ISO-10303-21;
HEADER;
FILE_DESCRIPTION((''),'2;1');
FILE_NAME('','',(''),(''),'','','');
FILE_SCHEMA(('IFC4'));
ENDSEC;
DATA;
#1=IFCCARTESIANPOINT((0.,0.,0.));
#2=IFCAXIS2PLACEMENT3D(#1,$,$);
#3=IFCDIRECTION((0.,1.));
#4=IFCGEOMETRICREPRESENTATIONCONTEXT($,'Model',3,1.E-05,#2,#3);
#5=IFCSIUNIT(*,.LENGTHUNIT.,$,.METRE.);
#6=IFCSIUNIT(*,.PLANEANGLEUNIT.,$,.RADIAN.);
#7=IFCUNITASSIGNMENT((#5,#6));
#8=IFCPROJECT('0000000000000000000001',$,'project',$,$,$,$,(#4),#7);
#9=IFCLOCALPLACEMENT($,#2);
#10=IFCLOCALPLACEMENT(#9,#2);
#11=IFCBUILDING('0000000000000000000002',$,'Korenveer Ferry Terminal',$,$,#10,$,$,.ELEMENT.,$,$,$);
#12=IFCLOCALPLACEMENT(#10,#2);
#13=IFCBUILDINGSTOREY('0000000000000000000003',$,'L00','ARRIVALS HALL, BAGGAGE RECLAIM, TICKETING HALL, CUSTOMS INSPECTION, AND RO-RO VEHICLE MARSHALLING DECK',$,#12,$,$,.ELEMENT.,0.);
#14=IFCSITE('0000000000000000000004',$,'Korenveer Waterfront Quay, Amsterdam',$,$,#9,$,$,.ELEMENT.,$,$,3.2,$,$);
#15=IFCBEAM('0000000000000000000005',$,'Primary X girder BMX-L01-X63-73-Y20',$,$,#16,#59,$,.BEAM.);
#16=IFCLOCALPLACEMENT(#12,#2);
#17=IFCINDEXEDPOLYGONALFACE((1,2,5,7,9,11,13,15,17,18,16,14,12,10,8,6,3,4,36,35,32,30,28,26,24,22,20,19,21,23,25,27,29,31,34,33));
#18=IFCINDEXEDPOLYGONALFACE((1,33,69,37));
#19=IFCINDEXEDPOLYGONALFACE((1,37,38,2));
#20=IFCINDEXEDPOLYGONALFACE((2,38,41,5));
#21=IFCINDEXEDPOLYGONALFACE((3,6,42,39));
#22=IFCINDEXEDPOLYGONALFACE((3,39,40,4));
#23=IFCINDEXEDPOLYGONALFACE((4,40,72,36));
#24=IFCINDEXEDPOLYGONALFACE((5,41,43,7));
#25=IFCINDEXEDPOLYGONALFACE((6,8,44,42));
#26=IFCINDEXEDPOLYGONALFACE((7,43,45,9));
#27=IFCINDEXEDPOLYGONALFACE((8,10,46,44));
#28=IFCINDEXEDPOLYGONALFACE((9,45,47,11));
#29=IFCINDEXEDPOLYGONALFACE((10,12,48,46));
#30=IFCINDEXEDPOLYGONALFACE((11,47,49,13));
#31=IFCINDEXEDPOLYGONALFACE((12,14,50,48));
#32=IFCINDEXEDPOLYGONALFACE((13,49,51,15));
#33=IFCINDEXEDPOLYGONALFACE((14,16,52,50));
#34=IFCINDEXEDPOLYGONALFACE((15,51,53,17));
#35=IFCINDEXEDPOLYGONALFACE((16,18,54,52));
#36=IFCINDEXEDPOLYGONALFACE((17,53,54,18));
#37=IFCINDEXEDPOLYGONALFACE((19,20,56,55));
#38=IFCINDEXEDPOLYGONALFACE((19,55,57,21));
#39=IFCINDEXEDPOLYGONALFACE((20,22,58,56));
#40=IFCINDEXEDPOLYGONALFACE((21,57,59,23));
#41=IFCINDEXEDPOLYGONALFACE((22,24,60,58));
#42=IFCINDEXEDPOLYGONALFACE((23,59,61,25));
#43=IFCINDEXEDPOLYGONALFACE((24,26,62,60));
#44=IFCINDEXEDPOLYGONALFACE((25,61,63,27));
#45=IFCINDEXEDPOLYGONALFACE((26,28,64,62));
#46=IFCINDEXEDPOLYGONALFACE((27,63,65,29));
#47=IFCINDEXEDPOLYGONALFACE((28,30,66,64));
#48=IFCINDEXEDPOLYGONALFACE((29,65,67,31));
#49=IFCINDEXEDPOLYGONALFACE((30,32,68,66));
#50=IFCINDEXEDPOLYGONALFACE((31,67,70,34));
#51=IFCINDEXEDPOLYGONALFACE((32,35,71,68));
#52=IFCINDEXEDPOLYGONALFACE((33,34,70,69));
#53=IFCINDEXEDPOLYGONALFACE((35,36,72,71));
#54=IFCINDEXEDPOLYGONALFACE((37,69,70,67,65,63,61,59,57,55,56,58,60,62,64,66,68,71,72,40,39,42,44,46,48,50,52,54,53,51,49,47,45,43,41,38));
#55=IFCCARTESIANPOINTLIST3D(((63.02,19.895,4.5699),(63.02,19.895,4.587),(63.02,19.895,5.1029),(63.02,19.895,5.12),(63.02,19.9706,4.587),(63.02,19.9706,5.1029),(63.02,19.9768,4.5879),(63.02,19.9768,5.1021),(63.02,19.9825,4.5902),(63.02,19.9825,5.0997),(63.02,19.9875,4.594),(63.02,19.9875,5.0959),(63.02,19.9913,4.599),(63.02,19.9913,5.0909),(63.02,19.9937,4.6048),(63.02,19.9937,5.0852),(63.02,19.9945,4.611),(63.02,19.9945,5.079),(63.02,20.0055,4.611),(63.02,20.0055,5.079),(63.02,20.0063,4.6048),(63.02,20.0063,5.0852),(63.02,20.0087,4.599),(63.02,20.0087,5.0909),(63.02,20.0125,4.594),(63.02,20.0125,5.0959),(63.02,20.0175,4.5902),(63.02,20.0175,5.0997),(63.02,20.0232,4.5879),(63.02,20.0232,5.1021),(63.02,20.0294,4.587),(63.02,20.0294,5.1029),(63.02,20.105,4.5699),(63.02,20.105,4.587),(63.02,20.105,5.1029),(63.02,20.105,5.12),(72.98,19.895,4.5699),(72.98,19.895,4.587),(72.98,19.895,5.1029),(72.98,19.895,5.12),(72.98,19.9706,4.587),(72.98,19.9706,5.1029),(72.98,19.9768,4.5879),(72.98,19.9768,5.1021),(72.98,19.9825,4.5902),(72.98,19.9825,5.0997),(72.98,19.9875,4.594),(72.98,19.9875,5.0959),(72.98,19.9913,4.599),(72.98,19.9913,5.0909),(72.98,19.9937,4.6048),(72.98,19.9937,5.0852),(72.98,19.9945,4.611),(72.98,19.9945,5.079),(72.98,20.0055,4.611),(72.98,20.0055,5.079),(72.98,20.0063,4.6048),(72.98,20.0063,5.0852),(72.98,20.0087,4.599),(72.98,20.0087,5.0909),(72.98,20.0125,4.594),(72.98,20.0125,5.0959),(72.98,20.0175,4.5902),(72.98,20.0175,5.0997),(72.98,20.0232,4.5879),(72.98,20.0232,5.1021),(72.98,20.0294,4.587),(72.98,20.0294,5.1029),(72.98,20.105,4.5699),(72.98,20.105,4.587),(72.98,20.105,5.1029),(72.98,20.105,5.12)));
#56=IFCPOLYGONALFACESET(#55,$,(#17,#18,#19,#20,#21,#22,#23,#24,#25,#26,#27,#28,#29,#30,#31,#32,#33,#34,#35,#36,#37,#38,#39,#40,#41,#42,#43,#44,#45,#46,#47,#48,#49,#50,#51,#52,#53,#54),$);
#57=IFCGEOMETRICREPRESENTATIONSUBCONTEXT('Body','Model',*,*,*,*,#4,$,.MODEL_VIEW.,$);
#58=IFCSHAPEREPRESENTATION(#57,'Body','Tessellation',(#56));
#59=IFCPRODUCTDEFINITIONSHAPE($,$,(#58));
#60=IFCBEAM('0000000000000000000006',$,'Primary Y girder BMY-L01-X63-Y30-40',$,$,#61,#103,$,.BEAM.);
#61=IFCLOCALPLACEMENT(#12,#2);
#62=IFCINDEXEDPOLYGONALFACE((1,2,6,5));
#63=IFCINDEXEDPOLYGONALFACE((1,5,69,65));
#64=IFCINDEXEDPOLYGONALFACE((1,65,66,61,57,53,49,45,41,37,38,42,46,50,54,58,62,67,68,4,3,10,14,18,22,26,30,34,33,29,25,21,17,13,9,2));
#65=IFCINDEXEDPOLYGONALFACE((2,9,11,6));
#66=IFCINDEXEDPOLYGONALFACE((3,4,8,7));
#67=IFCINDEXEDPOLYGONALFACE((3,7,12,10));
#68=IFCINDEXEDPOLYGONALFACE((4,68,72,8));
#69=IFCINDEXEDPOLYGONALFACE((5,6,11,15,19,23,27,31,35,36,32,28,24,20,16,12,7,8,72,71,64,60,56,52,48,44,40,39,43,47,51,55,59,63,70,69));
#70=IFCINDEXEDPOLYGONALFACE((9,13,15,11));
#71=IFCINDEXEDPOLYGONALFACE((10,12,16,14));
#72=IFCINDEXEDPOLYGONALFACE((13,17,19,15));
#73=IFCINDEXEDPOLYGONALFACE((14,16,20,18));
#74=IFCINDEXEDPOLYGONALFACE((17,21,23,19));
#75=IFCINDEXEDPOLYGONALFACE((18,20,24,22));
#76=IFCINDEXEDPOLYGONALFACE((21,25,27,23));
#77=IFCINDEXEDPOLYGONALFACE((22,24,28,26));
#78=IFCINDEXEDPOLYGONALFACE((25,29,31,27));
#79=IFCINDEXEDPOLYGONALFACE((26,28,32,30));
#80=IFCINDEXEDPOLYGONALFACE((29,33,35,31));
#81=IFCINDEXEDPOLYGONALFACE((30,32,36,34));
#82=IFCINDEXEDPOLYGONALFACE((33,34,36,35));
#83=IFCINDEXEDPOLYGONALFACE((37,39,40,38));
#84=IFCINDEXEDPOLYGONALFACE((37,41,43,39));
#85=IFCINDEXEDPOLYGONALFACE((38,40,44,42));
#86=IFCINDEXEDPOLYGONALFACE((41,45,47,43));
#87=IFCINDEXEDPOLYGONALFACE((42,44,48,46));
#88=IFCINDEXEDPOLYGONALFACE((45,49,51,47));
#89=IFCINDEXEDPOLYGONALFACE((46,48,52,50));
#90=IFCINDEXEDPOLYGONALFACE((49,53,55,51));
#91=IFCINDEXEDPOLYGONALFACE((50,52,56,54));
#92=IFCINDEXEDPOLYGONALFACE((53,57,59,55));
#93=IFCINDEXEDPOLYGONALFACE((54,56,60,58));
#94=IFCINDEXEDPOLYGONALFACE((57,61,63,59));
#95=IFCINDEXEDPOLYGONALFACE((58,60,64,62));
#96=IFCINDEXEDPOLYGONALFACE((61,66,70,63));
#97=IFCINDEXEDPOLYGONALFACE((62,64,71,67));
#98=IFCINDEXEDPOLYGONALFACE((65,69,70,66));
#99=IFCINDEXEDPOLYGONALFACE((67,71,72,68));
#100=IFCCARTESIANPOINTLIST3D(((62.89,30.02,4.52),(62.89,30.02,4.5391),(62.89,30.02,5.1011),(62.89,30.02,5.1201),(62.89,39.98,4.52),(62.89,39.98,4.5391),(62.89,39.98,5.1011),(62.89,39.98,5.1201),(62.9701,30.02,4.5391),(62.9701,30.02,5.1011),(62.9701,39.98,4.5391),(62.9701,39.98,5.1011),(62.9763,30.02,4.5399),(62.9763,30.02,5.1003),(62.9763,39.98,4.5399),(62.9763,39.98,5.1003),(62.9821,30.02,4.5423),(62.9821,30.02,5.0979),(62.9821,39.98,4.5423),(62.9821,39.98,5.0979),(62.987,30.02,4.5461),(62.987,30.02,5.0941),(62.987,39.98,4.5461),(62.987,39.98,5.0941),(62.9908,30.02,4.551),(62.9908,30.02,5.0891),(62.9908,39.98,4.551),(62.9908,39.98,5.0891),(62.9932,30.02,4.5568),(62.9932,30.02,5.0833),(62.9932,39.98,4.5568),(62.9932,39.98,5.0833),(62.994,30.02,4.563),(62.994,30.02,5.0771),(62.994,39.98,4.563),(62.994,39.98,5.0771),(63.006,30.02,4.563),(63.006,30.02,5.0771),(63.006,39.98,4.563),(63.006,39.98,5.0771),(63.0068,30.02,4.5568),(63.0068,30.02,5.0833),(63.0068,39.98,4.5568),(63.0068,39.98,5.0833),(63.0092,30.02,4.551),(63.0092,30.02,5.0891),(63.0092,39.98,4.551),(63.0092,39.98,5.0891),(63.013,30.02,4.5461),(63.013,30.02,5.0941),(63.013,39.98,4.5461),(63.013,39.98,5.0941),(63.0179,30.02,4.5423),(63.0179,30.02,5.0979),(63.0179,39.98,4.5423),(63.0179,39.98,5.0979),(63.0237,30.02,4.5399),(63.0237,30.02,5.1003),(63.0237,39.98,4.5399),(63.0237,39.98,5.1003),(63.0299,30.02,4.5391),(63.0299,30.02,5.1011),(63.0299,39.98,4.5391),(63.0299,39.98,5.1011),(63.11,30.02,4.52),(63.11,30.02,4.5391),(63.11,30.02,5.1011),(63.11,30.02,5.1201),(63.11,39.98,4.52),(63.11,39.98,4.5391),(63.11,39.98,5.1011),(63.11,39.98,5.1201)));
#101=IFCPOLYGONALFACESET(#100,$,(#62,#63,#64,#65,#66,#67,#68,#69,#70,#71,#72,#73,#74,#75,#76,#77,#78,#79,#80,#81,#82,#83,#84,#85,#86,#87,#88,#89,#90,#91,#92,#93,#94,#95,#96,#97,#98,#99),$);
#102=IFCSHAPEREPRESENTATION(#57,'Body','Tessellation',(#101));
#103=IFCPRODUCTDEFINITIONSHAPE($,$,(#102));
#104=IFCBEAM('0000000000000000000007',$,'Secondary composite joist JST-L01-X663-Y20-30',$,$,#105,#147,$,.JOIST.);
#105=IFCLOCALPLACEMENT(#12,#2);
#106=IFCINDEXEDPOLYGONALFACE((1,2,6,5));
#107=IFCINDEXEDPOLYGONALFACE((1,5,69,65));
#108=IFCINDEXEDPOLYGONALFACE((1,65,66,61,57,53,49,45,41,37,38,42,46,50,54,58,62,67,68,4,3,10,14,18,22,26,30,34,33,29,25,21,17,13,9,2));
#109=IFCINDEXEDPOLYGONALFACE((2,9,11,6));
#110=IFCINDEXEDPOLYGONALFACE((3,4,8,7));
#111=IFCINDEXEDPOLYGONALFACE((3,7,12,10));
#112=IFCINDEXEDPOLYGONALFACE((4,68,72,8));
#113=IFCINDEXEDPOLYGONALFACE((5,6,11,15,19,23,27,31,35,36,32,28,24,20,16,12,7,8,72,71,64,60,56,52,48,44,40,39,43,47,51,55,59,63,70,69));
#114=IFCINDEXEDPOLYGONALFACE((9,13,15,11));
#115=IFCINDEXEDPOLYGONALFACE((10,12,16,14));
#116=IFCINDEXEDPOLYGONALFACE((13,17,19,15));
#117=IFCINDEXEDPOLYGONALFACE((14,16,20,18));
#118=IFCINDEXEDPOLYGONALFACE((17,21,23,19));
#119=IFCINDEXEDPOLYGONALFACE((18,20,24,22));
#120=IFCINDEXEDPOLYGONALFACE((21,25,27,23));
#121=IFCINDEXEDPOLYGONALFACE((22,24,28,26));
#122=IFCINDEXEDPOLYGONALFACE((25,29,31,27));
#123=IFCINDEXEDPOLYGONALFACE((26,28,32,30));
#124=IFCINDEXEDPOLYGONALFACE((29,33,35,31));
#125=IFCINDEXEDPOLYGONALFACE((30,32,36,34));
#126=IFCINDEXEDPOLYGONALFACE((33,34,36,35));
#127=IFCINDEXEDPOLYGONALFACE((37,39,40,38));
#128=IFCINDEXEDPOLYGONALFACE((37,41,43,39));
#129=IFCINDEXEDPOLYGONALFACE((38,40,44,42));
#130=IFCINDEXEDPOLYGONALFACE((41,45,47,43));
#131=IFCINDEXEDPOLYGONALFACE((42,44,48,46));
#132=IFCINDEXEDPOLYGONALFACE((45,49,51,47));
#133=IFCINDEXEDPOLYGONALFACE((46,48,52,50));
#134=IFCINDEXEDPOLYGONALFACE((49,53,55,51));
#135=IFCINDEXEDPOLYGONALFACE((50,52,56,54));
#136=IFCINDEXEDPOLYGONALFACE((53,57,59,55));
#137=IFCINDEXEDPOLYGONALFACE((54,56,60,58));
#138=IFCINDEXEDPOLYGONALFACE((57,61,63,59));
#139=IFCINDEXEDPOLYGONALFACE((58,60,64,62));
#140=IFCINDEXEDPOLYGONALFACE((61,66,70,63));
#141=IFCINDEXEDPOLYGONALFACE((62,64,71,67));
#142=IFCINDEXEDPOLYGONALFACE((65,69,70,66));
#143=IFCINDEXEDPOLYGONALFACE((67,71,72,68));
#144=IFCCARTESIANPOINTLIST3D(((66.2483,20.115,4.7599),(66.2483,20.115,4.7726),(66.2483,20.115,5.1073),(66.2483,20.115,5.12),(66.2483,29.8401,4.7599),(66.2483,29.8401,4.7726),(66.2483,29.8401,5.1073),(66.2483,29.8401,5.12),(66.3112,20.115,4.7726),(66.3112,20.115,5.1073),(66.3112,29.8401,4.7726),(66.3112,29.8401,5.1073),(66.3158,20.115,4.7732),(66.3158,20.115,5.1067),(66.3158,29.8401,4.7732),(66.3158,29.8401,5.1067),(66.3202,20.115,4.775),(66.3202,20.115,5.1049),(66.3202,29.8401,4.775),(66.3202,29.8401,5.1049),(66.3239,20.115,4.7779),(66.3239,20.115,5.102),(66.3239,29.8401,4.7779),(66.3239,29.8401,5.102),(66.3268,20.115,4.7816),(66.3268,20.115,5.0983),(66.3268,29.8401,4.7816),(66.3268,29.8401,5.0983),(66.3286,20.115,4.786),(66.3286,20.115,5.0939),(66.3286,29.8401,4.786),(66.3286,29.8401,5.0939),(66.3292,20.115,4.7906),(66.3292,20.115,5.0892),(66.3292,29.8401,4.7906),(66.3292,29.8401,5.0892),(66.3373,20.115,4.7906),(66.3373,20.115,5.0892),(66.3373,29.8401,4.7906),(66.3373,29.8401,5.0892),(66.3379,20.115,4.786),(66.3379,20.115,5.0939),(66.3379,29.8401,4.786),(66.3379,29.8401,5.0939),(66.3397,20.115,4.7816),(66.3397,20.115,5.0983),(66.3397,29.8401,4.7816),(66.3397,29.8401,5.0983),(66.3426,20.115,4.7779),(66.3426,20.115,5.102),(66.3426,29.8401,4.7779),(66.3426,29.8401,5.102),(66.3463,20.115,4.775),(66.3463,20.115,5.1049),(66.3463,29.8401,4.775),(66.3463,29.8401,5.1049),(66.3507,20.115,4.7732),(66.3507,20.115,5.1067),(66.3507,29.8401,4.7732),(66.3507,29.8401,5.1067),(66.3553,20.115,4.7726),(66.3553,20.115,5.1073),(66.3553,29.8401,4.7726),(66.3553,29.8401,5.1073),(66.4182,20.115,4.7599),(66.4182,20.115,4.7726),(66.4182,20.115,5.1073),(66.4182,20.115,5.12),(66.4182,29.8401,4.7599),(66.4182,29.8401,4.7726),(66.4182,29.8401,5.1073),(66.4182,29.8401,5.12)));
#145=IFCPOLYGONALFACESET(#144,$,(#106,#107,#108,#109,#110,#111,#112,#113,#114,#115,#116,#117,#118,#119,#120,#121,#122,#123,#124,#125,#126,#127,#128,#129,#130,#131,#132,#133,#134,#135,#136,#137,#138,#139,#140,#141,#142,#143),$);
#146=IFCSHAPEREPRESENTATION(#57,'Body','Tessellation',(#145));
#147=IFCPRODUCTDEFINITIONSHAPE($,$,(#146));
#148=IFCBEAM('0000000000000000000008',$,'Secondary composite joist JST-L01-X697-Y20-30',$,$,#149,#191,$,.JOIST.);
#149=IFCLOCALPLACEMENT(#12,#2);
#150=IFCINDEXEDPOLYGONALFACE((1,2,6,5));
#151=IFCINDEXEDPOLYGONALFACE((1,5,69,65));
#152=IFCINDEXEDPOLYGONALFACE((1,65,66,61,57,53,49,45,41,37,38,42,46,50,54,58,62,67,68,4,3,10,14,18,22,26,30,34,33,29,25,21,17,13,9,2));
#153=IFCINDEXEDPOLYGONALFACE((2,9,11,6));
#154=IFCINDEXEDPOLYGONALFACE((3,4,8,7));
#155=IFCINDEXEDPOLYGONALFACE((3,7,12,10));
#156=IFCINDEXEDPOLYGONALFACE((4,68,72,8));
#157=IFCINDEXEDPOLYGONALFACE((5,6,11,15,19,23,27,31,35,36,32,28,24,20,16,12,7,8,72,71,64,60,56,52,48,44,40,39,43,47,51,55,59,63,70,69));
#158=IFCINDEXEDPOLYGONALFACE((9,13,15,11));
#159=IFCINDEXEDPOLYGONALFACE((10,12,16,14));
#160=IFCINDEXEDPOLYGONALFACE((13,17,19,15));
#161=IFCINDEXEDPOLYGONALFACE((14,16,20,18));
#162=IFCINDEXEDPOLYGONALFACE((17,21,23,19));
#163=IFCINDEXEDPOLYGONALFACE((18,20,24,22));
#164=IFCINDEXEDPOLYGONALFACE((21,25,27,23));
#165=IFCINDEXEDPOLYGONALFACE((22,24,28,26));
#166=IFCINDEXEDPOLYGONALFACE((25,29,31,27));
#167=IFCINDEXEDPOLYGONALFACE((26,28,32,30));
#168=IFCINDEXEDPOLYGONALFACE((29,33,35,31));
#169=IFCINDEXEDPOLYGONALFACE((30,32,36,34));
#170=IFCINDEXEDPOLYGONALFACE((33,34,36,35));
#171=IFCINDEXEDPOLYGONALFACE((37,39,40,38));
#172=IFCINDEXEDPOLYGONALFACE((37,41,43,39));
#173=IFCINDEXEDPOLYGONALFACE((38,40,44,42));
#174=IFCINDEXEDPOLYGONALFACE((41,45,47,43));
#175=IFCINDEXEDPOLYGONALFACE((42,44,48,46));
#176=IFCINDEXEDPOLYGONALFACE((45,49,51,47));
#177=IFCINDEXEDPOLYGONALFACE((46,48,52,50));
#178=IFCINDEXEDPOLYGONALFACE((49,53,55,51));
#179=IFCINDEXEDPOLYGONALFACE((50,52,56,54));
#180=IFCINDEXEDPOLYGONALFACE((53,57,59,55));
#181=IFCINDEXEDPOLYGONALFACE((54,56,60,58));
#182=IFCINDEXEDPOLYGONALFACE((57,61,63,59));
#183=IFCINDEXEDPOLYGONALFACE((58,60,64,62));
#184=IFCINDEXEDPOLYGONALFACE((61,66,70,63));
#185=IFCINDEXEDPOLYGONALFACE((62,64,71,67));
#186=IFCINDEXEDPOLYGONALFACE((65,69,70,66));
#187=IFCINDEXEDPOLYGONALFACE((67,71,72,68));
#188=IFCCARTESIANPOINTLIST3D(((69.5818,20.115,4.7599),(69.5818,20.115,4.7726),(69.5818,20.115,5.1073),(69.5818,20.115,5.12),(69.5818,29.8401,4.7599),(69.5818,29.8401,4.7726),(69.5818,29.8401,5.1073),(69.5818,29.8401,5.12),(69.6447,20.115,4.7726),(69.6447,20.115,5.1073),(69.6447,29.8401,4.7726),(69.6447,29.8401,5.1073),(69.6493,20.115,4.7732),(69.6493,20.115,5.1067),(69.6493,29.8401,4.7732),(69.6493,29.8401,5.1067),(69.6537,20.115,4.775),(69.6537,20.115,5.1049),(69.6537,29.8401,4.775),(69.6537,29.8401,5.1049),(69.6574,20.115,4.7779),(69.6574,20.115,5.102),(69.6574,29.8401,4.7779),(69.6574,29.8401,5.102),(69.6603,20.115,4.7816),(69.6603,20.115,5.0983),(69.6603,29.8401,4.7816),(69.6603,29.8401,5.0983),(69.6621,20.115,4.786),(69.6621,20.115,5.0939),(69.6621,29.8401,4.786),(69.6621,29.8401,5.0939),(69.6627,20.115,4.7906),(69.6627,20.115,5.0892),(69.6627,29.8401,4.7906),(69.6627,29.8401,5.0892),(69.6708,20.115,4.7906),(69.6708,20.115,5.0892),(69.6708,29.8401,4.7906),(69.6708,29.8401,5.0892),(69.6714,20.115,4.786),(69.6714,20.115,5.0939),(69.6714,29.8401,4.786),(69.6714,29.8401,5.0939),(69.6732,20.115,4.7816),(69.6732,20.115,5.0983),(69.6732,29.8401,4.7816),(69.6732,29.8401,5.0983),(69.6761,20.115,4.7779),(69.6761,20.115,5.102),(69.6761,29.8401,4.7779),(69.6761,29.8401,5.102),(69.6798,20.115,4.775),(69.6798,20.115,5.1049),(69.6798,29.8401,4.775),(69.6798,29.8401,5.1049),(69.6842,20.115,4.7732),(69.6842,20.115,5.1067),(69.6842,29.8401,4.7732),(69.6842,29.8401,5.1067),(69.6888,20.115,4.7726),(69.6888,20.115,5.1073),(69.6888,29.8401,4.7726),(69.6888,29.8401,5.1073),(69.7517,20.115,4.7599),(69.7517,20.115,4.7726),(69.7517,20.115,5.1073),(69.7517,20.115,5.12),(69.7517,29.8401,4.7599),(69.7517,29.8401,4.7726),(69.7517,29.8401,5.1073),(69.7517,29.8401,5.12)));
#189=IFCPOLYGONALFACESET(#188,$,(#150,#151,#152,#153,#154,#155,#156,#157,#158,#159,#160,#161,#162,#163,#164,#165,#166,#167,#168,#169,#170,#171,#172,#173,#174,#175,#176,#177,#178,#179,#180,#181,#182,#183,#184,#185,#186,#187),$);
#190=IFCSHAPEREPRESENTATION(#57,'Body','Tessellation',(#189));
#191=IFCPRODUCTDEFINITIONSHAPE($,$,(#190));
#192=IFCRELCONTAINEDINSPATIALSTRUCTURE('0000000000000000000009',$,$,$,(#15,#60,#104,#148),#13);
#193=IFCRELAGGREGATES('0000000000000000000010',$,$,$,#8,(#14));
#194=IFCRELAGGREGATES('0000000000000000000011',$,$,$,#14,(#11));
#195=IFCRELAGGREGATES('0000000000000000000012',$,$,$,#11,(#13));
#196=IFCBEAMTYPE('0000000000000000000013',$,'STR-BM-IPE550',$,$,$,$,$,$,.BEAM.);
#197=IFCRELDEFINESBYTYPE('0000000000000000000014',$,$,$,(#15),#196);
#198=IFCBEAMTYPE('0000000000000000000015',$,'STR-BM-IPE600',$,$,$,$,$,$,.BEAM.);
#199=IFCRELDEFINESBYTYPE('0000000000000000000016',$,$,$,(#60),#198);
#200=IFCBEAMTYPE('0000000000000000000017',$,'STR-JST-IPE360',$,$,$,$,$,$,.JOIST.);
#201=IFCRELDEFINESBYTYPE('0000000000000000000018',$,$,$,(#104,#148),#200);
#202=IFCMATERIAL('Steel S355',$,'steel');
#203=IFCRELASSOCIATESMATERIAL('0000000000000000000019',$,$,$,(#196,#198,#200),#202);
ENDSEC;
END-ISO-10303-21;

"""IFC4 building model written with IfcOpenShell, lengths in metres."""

from ifc_helpers import new_model, si_unit, direction, frame, origin, origin_2d, place, context, subcontext, project, spatial, i_section, extrude, material, material_profile, profile_set, type_object, element, save


model = new_model("IFC4")

# Units and contexts
model_context = context("Model", 3, precision=1e-05, world=origin(), true_north=direction((0.0, 1.0)))
body_context = subcontext(model_context, "Body", "Model", "MODEL_VIEW")
ifc_project = project(units=[si_unit("LENGTHUNIT", "METRE"), si_unit("PLANEANGLEUNIT", "RADIAN")], contexts=[model_context])

# Site, building, storey
site_placement = place(None, origin())
site = spatial("IfcSite", under=ifc_project, at=site_placement, Name="Korenveer Waterfront Quay, Amsterdam", CompositionType="ELEMENT", RefElevation=3.2)
building_placement = place(site_placement, origin())
building = spatial("IfcBuilding", under=site, at=building_placement, Name="Korenveer Ferry Terminal", CompositionType="ELEMENT")
storey_placement = place(building_placement, origin())
storey = spatial("IfcBuildingStorey", under=building, at=storey_placement, Name="L00", Description="ARRIVALS HALL, BAGGAGE RECLAIM, TICKETING HALL, CUSTOMS INSPECTION, AND RO-RO VEHICLE MARSHALLING DECK", CompositionType="ELEMENT", Elevation=0.0)

# Shared definitions
ifc_material_1 = material(Name="Steel S355", Category="steel")

# Beams
ifc_material_profile_1 = material_profile(ifc_material_1, i_section(OverallWidth=0.21, OverallDepth=0.55, WebThickness=0.011, FlangeThickness=0.0171, FilletRadius=0.0239, at=origin_2d()), Name="IPE 550")
ifc_profile_set_1 = profile_set([ifc_material_profile_1], Name="Steel S355")
beam_type_1 = type_object("IfcBeamType", Name="STR-BM-IPE550", PredefinedType="BEAM", material=ifc_profile_set_1)
beam_1_placement = place(storey_placement, frame((63.02, 20.0, 4.845), z_axis=(1.0, 0.0, 0.0), x_axis=(0.0, 1.0, 0.0)))
element("IfcBeam", 1, at=beam_1_placement, inside=storey, type_object=beam_type_1, Name="Primary X girder BMX-L01-X63-73-Y20", PredefinedType="BEAM", context=body_context, shape_type="SweptSolid", body=[
    extrude(i_section(OverallWidth=0.21, OverallDepth=0.55, WebThickness=0.011, FlangeThickness=0.0171, FilletRadius=0.0239, at=origin_2d()), origin(), (0.0, 0.0, 1.0), 9.96),
])
ifc_material_profile_2 = material_profile(ifc_material_1, i_section(OverallWidth=0.22, OverallDepth=0.6001, WebThickness=0.012, FlangeThickness=0.019, FilletRadius=0.0239, at=origin_2d()), Name="IPE 600")
ifc_profile_set_2 = profile_set([ifc_material_profile_2], Name="Steel S355")
beam_type_2 = type_object("IfcBeamType", Name="STR-BM-IPE600", PredefinedType="BEAM", material=ifc_profile_set_2)
beam_2_placement = place(storey_placement, frame((63.0, 30.02, 4.8201), z_axis=(0.0, 1.0, 0.0), x_axis=(-1.0, 0.0, 0.0)))
element("IfcBeam", 2, at=beam_2_placement, inside=storey, type_object=beam_type_2, Name="Primary Y girder BMY-L01-X63-Y30-40", PredefinedType="BEAM", context=body_context, shape_type="SweptSolid", body=[
    extrude(i_section(OverallWidth=0.22, OverallDepth=0.6001, WebThickness=0.012, FlangeThickness=0.019, FilletRadius=0.0239, at=origin_2d()), origin(), (0.0, 0.0, 1.0), 9.96),
])
ifc_material_profile_3 = material_profile(ifc_material_1, i_section(OverallWidth=0.1699, OverallDepth=0.3601, WebThickness=0.0081, FlangeThickness=0.0127, FilletRadius=0.0181, at=origin_2d()), Name="IPE 360")
ifc_profile_set_3 = profile_set([ifc_material_profile_3], Name="Steel S355")
beam_type_3 = type_object("IfcBeamType", Name="STR-JST-IPE360", PredefinedType="JOIST", material=ifc_profile_set_3)
for number, where, z_axis, x_axis, name in (
    (3, (66.3333, 20.115, 4.9399), (0.0, 1.0, 0.0), (-1.0, 0.0, 0.0), "Secondary composite joist JST-L01-X663-Y20-30"),
    (4, (69.6667, 20.115, 4.9399), (0.0, 1.0, 0.0), (-1.0, 0.0, 0.0), "Secondary composite joist JST-L01-X697-Y20-30"),
):
    element("IfcBeam", number, at=place(storey_placement, frame(where, z_axis=z_axis, x_axis=x_axis)), inside=storey, type_object=beam_type_3, Name=name, PredefinedType="JOIST", context=body_context, shape_type="SweptSolid", body=[
        extrude(i_section(OverallWidth=0.1699, OverallDepth=0.3601, WebThickness=0.0081, FlangeThickness=0.0127, FilletRadius=0.0181, at=origin_2d()), origin(), (0.0, 0.0, 1.0), 9.7251),
    ])

save(model, "model.ifc")
